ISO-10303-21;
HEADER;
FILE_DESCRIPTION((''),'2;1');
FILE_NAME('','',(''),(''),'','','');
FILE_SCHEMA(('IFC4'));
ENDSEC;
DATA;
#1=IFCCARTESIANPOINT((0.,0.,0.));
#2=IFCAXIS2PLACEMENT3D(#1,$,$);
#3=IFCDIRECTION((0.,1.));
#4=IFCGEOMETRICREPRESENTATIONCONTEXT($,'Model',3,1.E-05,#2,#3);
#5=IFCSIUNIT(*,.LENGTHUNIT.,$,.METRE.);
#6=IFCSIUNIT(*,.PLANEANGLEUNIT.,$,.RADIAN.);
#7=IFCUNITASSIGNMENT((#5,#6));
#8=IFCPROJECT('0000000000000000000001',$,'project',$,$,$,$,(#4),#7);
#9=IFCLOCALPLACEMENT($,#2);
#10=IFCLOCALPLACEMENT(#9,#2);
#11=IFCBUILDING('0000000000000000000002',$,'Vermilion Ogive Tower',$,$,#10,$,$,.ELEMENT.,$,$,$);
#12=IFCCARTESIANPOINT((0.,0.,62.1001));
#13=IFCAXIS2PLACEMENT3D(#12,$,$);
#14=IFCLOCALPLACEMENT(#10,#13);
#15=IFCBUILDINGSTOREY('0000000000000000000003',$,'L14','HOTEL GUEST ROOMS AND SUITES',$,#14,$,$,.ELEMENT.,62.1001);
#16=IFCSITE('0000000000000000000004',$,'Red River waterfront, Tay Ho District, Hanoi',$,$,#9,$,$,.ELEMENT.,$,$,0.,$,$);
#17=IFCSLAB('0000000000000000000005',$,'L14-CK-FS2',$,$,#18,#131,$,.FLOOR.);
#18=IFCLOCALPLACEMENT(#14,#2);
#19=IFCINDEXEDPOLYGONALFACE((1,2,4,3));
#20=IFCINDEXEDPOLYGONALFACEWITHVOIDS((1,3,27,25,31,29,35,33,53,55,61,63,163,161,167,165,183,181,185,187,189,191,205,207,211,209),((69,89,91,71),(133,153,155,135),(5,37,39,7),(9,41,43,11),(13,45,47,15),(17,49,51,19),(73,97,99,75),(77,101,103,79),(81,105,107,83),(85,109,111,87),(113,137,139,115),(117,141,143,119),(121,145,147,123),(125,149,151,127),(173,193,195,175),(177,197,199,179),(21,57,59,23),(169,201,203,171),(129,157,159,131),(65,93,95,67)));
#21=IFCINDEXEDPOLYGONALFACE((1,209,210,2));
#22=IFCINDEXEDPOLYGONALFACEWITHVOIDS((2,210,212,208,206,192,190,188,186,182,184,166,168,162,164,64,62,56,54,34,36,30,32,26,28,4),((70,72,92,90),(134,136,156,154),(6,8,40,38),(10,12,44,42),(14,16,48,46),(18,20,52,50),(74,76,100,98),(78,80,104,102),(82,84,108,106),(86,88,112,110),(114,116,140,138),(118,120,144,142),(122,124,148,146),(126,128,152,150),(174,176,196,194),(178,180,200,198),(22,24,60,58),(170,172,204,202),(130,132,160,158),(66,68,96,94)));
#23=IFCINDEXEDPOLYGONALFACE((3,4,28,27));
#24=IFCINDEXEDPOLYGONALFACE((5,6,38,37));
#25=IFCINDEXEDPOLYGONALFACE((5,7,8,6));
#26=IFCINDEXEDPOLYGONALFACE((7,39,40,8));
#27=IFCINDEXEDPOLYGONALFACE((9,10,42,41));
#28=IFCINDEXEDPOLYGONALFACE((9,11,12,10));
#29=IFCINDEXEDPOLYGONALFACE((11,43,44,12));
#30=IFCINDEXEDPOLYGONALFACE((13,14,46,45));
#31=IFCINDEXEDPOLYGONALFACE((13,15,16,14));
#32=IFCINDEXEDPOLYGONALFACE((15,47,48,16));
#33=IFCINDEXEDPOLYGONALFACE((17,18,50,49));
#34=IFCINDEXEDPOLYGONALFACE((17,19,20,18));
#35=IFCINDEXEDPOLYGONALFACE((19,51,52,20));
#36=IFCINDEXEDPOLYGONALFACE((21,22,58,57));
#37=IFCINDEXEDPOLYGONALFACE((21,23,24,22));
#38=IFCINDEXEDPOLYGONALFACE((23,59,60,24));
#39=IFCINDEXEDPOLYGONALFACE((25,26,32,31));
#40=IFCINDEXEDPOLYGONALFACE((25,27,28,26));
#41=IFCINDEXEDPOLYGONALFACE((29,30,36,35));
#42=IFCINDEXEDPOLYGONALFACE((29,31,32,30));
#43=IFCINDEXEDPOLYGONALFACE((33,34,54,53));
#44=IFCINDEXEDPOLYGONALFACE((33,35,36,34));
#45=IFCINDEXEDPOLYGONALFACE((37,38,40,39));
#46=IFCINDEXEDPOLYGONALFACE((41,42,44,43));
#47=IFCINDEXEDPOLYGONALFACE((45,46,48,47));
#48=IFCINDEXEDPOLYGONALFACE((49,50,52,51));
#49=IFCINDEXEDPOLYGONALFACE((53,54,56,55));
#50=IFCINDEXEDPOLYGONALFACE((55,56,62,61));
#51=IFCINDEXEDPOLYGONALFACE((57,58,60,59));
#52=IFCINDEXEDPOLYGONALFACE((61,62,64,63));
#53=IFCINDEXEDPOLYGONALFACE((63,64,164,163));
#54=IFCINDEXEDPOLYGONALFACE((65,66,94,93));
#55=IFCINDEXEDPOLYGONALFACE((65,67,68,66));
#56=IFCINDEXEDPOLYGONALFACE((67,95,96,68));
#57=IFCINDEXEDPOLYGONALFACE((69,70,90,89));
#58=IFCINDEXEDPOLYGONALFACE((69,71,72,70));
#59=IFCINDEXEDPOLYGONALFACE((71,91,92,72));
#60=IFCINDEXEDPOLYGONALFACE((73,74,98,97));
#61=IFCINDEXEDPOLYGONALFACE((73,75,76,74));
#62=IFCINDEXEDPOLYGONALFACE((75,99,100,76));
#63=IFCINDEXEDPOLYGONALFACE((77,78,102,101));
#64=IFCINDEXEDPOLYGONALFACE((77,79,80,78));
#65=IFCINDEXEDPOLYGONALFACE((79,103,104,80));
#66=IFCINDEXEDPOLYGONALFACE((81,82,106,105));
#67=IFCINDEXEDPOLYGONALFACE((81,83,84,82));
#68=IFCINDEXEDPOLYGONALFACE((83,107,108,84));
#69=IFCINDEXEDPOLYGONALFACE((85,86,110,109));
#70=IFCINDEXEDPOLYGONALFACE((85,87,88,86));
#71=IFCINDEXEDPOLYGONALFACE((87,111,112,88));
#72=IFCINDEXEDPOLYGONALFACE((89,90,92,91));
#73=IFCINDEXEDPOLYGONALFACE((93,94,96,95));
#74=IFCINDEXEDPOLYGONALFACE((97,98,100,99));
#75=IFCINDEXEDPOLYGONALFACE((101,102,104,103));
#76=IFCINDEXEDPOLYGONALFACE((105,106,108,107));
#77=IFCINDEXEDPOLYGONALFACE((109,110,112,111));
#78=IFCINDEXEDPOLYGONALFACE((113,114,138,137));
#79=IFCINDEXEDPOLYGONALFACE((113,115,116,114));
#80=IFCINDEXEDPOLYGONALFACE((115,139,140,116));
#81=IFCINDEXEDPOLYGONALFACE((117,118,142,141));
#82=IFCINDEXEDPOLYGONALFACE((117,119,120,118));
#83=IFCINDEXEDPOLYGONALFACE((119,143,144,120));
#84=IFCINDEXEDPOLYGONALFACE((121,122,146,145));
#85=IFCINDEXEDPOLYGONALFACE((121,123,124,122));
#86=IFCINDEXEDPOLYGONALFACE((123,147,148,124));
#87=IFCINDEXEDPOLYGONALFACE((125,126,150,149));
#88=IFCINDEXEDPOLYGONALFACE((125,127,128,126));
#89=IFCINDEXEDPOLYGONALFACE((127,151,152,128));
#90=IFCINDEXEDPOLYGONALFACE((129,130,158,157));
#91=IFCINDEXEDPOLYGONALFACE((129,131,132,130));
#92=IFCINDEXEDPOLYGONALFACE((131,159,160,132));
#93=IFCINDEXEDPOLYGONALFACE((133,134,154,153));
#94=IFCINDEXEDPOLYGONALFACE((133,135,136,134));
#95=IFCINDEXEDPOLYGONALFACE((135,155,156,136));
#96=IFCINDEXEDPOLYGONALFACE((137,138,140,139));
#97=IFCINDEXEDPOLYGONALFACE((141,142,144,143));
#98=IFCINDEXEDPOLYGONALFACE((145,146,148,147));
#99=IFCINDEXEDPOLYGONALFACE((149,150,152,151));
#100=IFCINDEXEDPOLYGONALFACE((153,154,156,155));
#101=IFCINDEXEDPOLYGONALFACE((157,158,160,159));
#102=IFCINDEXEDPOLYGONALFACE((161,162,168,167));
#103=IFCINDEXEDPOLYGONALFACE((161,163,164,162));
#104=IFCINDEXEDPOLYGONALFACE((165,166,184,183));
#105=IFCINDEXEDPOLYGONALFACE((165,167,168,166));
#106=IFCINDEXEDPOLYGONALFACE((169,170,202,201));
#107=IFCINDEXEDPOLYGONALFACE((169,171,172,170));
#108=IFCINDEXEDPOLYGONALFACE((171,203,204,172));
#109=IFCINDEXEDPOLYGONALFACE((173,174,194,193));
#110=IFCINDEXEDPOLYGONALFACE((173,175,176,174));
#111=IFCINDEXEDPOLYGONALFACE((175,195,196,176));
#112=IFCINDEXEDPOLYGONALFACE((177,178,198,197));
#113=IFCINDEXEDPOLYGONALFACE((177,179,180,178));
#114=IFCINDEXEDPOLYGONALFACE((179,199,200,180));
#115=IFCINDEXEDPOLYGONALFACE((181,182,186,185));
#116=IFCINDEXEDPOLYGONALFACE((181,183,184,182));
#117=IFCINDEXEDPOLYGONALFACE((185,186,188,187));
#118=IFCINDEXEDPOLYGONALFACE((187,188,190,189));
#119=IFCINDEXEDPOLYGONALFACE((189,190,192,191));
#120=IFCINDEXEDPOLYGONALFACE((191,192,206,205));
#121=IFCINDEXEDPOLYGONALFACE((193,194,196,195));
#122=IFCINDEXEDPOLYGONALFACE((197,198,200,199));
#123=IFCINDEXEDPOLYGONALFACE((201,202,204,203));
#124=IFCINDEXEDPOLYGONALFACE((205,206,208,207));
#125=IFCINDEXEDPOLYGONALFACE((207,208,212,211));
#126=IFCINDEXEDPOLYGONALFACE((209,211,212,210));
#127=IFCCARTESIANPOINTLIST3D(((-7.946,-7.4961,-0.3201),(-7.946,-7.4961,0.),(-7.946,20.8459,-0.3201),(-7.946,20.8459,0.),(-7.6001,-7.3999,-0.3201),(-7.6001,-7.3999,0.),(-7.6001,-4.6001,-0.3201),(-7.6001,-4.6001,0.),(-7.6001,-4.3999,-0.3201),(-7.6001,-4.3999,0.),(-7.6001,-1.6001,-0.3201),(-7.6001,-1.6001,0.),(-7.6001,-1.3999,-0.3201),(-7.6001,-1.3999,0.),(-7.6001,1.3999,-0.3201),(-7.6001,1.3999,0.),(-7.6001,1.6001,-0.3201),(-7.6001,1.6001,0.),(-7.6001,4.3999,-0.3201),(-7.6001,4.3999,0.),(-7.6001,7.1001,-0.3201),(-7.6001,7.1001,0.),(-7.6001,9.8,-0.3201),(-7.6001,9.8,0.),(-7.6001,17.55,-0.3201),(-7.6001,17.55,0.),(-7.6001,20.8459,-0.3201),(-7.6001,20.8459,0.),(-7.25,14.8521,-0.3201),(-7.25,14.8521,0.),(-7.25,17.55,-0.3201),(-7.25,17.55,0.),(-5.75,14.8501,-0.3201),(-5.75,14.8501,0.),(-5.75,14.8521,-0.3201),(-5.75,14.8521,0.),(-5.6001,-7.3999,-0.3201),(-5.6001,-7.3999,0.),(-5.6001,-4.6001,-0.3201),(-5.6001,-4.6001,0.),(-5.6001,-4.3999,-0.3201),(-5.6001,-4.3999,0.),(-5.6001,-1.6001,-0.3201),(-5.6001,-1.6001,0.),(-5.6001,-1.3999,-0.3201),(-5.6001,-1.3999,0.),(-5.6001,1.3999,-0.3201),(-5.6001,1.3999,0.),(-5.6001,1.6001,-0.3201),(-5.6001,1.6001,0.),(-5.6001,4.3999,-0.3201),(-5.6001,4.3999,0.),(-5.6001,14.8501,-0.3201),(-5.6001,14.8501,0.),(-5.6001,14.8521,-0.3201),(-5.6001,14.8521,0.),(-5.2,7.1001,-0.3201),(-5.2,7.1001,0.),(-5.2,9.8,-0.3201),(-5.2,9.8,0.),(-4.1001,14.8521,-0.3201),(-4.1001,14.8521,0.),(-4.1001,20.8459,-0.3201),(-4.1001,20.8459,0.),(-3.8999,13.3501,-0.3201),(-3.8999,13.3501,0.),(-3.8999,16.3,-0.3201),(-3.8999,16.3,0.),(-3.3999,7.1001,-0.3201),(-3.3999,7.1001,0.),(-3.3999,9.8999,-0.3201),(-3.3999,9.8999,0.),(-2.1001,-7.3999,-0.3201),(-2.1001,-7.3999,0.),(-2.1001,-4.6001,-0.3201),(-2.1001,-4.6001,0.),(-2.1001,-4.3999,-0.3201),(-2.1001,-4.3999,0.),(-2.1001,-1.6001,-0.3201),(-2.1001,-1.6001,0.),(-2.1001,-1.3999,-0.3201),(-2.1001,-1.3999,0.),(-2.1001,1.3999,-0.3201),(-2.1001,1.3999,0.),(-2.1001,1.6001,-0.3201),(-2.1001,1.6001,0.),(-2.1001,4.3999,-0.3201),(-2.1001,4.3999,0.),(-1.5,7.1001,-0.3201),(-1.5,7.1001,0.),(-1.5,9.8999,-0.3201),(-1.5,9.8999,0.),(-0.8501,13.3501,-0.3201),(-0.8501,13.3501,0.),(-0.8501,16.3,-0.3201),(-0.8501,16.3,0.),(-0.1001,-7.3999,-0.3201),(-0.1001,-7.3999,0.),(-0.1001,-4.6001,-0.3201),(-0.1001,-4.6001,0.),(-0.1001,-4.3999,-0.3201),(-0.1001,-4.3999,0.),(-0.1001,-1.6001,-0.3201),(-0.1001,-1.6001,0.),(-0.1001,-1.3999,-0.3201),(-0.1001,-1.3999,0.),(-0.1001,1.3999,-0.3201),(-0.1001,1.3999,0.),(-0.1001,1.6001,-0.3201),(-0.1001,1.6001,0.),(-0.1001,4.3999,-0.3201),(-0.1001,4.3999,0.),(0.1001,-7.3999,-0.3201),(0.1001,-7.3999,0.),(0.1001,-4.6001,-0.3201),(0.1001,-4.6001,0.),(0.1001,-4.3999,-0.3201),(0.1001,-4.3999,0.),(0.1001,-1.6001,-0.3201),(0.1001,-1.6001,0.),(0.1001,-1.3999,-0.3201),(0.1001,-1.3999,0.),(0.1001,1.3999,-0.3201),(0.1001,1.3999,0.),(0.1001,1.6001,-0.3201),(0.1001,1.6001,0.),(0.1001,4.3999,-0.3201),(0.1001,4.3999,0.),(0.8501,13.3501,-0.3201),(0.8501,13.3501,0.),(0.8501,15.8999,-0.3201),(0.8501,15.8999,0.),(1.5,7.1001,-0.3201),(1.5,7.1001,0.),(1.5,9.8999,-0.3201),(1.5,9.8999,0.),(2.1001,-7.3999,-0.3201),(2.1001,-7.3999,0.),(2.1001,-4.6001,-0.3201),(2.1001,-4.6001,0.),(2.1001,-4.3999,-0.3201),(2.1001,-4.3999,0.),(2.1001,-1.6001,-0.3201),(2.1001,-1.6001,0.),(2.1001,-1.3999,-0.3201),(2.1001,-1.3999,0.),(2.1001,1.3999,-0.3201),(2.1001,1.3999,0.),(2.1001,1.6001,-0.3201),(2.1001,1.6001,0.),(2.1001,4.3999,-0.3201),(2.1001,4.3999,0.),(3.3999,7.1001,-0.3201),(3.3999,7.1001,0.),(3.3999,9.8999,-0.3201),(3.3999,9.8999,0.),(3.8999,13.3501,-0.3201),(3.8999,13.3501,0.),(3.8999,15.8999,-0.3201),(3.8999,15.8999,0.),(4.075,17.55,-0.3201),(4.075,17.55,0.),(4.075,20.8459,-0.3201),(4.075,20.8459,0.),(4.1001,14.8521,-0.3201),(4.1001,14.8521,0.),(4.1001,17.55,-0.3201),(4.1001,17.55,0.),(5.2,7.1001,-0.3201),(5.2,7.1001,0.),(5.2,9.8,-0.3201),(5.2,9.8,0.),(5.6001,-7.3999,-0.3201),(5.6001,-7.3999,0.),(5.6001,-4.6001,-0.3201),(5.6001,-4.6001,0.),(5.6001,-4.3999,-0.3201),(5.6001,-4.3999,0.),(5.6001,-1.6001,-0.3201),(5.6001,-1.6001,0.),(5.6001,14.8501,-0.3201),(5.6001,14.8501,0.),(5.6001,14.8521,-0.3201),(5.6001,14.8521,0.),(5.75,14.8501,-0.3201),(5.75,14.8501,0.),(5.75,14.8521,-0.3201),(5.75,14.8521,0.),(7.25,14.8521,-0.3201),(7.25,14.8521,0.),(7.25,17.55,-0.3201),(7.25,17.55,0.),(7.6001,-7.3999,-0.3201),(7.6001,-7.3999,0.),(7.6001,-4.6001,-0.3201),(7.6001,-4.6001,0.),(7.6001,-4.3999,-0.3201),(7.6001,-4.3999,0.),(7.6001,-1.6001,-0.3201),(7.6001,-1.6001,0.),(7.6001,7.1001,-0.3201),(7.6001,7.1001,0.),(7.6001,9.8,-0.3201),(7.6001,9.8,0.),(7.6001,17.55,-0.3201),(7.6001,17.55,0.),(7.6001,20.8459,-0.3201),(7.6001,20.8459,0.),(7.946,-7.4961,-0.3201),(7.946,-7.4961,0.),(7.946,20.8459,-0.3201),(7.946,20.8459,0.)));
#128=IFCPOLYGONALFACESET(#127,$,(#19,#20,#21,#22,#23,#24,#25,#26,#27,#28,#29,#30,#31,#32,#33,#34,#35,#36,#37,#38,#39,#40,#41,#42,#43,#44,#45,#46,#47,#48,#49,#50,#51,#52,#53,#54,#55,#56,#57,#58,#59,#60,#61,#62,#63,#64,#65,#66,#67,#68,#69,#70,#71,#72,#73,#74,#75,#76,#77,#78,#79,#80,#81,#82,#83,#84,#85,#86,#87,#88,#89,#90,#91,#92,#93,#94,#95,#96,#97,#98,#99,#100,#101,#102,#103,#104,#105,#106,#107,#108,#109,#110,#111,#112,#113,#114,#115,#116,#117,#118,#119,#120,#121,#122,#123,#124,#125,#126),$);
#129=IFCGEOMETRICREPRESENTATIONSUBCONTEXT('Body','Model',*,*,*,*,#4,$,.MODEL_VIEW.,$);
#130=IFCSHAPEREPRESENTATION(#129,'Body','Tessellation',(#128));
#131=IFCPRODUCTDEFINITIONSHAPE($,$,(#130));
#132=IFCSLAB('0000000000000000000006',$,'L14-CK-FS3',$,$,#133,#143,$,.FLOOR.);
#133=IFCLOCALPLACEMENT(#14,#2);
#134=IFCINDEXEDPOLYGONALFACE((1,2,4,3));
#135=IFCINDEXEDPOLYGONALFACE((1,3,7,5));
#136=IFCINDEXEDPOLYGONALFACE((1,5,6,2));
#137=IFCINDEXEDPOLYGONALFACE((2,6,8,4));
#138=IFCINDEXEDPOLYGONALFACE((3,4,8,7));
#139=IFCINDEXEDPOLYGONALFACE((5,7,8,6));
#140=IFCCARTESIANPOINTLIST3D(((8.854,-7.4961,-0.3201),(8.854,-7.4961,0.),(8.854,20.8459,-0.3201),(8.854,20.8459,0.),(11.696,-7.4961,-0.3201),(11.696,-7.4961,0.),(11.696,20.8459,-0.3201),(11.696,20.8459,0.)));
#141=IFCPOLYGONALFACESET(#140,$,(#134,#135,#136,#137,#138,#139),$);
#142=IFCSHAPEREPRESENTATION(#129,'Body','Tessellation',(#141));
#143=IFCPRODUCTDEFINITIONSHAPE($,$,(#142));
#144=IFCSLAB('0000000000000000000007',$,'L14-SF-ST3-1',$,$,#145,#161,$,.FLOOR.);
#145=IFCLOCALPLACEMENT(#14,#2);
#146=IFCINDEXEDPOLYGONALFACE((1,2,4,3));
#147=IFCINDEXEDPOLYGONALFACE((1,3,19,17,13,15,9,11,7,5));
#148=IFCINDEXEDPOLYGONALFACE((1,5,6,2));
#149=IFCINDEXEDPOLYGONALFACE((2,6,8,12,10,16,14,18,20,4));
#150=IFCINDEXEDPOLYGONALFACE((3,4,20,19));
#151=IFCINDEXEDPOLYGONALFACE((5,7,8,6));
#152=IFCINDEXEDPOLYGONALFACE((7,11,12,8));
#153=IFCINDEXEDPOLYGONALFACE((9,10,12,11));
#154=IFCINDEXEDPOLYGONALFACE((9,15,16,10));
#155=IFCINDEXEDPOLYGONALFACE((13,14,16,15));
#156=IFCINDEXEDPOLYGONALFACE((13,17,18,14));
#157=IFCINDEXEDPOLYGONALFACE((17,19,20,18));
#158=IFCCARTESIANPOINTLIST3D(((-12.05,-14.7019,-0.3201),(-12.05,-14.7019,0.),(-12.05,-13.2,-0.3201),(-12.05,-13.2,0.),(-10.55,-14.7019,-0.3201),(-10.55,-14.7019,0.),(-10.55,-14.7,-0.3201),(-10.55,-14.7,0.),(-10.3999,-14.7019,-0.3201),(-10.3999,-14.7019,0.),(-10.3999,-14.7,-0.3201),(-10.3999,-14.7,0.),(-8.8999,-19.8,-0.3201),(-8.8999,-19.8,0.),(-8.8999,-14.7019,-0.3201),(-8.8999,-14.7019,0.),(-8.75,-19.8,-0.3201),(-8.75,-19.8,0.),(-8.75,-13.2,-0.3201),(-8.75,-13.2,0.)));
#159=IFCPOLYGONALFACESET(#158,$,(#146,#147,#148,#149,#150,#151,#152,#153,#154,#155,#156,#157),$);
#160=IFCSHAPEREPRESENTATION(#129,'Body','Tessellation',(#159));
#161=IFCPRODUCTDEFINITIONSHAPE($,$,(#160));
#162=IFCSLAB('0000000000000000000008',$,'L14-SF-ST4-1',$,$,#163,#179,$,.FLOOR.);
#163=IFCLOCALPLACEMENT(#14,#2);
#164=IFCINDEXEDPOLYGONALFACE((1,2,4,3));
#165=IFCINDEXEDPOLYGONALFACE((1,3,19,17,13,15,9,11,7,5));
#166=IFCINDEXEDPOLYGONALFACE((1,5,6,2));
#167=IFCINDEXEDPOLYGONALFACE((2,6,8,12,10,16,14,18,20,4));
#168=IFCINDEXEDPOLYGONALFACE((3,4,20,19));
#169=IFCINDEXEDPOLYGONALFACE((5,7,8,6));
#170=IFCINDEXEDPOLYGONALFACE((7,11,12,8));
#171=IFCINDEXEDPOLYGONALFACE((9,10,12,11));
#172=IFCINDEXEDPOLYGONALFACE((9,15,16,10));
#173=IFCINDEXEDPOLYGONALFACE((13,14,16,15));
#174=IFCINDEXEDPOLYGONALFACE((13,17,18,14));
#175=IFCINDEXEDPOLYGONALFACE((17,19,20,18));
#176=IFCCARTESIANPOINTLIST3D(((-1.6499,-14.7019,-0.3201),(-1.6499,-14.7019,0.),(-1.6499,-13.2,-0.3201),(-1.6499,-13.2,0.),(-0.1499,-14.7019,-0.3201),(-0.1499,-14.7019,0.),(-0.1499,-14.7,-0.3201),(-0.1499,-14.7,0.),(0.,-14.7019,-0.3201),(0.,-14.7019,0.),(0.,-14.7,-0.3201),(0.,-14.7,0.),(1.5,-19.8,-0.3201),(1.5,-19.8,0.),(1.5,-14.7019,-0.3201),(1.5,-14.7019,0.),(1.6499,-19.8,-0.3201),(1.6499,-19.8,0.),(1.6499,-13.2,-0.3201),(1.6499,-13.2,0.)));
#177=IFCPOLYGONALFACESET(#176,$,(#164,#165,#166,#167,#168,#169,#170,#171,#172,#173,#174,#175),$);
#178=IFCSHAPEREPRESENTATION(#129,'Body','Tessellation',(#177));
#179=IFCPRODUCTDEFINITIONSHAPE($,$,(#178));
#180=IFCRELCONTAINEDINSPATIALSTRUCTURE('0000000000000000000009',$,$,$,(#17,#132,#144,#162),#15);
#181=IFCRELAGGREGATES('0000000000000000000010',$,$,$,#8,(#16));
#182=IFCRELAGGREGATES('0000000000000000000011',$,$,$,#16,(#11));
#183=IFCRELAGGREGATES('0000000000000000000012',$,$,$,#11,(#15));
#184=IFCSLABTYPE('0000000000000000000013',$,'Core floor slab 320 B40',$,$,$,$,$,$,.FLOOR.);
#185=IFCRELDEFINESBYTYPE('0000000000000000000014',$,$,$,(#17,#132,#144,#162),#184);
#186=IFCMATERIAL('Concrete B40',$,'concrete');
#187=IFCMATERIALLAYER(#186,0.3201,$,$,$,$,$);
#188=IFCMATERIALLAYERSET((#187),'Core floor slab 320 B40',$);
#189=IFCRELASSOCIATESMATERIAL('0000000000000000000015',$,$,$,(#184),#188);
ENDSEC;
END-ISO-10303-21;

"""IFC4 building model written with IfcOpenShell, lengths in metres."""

from ifc_helpers import new_model, si_unit, direction, frame, origin, place, context, subcontext, project, spatial, polyline, outline, extrude, material, layer, layer_set, type_object, element, save


model = new_model("IFC4")

# Units and contexts
model_context = context("Model", 3, precision=1e-05, world=origin(), true_north=direction((0.0, 1.0)))
body_context = subcontext(model_context, "Body", "Model", "MODEL_VIEW")
ifc_project = project(units=[si_unit("LENGTHUNIT", "METRE"), si_unit("PLANEANGLEUNIT", "RADIAN")], contexts=[model_context])

# Site, building, storey
site_placement = place(None, origin())
site = spatial("IfcSite", under=ifc_project, at=site_placement, Name="Red River waterfront, Tay Ho District, Hanoi", CompositionType="ELEMENT", RefElevation=0.0)
building_placement = place(site_placement, origin())
building = spatial("IfcBuilding", under=site, at=building_placement, Name="Vermilion Ogive Tower", CompositionType="ELEMENT")
storey_placement = place(building_placement, frame((0.0, 0.0, 62.1001)))
storey = spatial("IfcBuildingStorey", under=building, at=storey_placement, Name="L14", Description="HOTEL GUEST ROOMS AND SUITES", CompositionType="ELEMENT", Elevation=62.1001)

# Slabs
ifc_material_1 = material(Name="Concrete B40", Category="concrete")
ifc_layer_1 = layer(ifc_material_1, 0.3201)
ifc_layer_set_1 = layer_set([ifc_layer_1], Name="Core floor slab 320 B40")
slab_type = type_object("IfcSlabType", Name="Core floor slab 320 B40", PredefinedType="FLOOR", material=ifc_layer_set_1)
slab_1_placement = place(storey_placement, frame((0.0, 0.0, -0.3201)))
element("IfcSlab", 1, at=slab_1_placement, inside=storey, type_object=slab_type, Name="L14-CK-FS2", PredefinedType="FLOOR", context=body_context, shape_type="SweptSolid", body=[
    extrude(outline(polyline([(5.75, 14.8501), (5.6001, 14.8501), (5.6001, 14.8521), (4.1001, 14.8521), (4.1001, 17.55), (4.075, 17.55), (4.075, 20.8459), (-4.1001, 20.8459), (-4.1001, 14.8521), (-5.6001, 14.8521), (-5.6001, 14.8501), (-5.75, 14.8501), (-5.75, 14.8521), (-7.25, 14.8521), (-7.25, 17.55), (-7.6001, 17.55), (-7.6001, 20.8459), (-7.946, 20.8459), (-7.946, -7.4961), (7.946, -7.4961), (7.946, 20.8459), (7.6001, 20.8459), (7.6001, 17.55), (7.25, 17.55), (7.25, 14.8521), (5.75, 14.8521), (5.75, 14.8501)]), holes=[polyline([(-7.6001, -4.6001), (-5.6001, -4.6001), (-5.6001, -7.3999), (-7.6001, -7.3999), (-7.6001, -4.6001)]), polyline([(-2.1001, -4.6001), (-0.1001, -4.6001), (-0.1001, -7.3999), (-2.1001, -7.3999), (-2.1001, -4.6001)]), polyline([(-7.6001, -4.3999), (-7.6001, -1.6001), (-5.6001, -1.6001), (-5.6001, -4.3999), (-7.6001, -4.3999)]), polyline([(-2.1001, -1.6001), (-0.1001, -1.6001), (-0.1001, -4.3999), (-2.1001, -4.3999), (-2.1001, -1.6001)]), polyline([(-7.6001, -1.3999), (-7.6001, 1.3999), (-5.6001, 1.3999), (-5.6001, -1.3999), (-7.6001, -1.3999)]), polyline([(-2.1001, 1.3999), (-0.1001, 1.3999), (-0.1001, -1.3999), (-2.1001, -1.3999), (-2.1001, 1.3999)]), polyline([(-7.6001, 4.3999), (-5.6001, 4.3999), (-5.6001, 1.6001), (-7.6001, 1.6001), (-7.6001, 4.3999)]), polyline([(-2.1001, 4.3999), (-0.1001, 4.3999), (-0.1001, 1.6001), (-2.1001, 1.6001), (-2.1001, 4.3999)]), polyline([(-7.6001, 9.8), (-5.2, 9.8), (-5.2, 7.1001), (-7.6001, 7.1001), (-7.6001, 9.8)]), polyline([(-3.3999, 9.8999), (-1.5, 9.8999), (-1.5, 7.1001), (-3.3999, 7.1001), (-3.3999, 9.8999)]), polyline([(-3.8999, 16.3), (-0.8501, 16.3), (-0.8501, 13.3501), (-3.8999, 13.3501), (-3.8999, 16.3)]), polyline([(0.1001, -4.6001), (2.1001, -4.6001), (2.1001, -7.3999), (0.1001, -7.3999), (0.1001, -4.6001)]), polyline([(5.6001, -4.6001), (7.6001, -4.6001), (7.6001, -7.3999), (5.6001, -7.3999), (5.6001, -4.6001)]), polyline([(0.1001, -1.6001), (2.1001, -1.6001), (2.1001, -4.3999), (0.1001, -4.3999), (0.1001, -1.6001)]), polyline([(5.6001, -1.6001), (7.6001, -1.6001), (7.6001, -4.3999), (5.6001, -4.3999), (5.6001, -1.6001)]), polyline([(0.1001, 1.3999), (2.1001, 1.3999), (2.1001, -1.3999), (0.1001, -1.3999), (0.1001, 1.3999)]), polyline([(0.1001, 4.3999), (2.1001, 4.3999), (2.1001, 1.6001), (0.1001, 1.6001), (0.1001, 4.3999)]), polyline([(5.2, 9.8), (7.6001, 9.8), (7.6001, 7.1001), (5.2, 7.1001), (5.2, 9.8)]), polyline([(1.5, 9.8999), (3.3999, 9.8999), (3.3999, 7.1001), (1.5, 7.1001), (1.5, 9.8999)]), polyline([(0.8501, 15.8999), (3.8999, 15.8999), (3.8999, 13.3501), (0.8501, 13.3501), (0.8501, 15.8999)])]), origin(), (0.0, 0.0, 1.0), 0.3201),
])
slab_2_placement = place(storey_placement, frame((0.0, 0.0, -0.3201)))
element("IfcSlab", 2, at=slab_2_placement, inside=storey, type_object=slab_type, Name="L14-CK-FS3", PredefinedType="FLOOR", context=body_context, shape_type="SweptSolid", body=[
    extrude(outline(polyline([(8.854, 20.8459), (11.696, 20.8459), (11.696, -7.4961), (8.854, -7.4961), (8.854, 20.8459)])), origin(), (0.0, 0.0, 1.0), 0.3201),
])
slab_3_placement = place(storey_placement, frame((0.0, 0.0, -0.3201)))
element("IfcSlab", 3, at=slab_3_placement, inside=storey, type_object=slab_type, Name="L14-SF-ST3-1", PredefinedType="FLOOR", context=body_context, shape_type="SweptSolid", body=[
    extrude(outline(polyline([(-12.05, -13.2), (-12.05, -14.7019), (-10.55, -14.7019), (-10.55, -14.7), (-10.3999, -14.7), (-10.3999, -14.7019), (-8.8999, -14.7019), (-8.8999, -19.8), (-8.75, -19.8), (-8.75, -13.2), (-12.05, -13.2)])), origin(), (0.0, 0.0, 1.0), 0.3201),
])
slab_4_placement = place(storey_placement, frame((0.0, 0.0, -0.3201)))
element("IfcSlab", 4, at=slab_4_placement, inside=storey, type_object=slab_type, Name="L14-SF-ST4-1", PredefinedType="FLOOR", context=body_context, shape_type="SweptSolid", body=[
    extrude(outline(polyline([(-1.6499, -13.2), (-1.6499, -14.7019), (-0.1499, -14.7019), (-0.1499, -14.7), (0.0, -14.7), (0.0, -14.7019), (1.5, -14.7019), (1.5, -19.8), (1.6499, -19.8), (1.6499, -13.2), (-1.6499, -13.2)])), origin(), (0.0, 0.0, 1.0), 0.3201),
])

save(model, "model.ifc")
